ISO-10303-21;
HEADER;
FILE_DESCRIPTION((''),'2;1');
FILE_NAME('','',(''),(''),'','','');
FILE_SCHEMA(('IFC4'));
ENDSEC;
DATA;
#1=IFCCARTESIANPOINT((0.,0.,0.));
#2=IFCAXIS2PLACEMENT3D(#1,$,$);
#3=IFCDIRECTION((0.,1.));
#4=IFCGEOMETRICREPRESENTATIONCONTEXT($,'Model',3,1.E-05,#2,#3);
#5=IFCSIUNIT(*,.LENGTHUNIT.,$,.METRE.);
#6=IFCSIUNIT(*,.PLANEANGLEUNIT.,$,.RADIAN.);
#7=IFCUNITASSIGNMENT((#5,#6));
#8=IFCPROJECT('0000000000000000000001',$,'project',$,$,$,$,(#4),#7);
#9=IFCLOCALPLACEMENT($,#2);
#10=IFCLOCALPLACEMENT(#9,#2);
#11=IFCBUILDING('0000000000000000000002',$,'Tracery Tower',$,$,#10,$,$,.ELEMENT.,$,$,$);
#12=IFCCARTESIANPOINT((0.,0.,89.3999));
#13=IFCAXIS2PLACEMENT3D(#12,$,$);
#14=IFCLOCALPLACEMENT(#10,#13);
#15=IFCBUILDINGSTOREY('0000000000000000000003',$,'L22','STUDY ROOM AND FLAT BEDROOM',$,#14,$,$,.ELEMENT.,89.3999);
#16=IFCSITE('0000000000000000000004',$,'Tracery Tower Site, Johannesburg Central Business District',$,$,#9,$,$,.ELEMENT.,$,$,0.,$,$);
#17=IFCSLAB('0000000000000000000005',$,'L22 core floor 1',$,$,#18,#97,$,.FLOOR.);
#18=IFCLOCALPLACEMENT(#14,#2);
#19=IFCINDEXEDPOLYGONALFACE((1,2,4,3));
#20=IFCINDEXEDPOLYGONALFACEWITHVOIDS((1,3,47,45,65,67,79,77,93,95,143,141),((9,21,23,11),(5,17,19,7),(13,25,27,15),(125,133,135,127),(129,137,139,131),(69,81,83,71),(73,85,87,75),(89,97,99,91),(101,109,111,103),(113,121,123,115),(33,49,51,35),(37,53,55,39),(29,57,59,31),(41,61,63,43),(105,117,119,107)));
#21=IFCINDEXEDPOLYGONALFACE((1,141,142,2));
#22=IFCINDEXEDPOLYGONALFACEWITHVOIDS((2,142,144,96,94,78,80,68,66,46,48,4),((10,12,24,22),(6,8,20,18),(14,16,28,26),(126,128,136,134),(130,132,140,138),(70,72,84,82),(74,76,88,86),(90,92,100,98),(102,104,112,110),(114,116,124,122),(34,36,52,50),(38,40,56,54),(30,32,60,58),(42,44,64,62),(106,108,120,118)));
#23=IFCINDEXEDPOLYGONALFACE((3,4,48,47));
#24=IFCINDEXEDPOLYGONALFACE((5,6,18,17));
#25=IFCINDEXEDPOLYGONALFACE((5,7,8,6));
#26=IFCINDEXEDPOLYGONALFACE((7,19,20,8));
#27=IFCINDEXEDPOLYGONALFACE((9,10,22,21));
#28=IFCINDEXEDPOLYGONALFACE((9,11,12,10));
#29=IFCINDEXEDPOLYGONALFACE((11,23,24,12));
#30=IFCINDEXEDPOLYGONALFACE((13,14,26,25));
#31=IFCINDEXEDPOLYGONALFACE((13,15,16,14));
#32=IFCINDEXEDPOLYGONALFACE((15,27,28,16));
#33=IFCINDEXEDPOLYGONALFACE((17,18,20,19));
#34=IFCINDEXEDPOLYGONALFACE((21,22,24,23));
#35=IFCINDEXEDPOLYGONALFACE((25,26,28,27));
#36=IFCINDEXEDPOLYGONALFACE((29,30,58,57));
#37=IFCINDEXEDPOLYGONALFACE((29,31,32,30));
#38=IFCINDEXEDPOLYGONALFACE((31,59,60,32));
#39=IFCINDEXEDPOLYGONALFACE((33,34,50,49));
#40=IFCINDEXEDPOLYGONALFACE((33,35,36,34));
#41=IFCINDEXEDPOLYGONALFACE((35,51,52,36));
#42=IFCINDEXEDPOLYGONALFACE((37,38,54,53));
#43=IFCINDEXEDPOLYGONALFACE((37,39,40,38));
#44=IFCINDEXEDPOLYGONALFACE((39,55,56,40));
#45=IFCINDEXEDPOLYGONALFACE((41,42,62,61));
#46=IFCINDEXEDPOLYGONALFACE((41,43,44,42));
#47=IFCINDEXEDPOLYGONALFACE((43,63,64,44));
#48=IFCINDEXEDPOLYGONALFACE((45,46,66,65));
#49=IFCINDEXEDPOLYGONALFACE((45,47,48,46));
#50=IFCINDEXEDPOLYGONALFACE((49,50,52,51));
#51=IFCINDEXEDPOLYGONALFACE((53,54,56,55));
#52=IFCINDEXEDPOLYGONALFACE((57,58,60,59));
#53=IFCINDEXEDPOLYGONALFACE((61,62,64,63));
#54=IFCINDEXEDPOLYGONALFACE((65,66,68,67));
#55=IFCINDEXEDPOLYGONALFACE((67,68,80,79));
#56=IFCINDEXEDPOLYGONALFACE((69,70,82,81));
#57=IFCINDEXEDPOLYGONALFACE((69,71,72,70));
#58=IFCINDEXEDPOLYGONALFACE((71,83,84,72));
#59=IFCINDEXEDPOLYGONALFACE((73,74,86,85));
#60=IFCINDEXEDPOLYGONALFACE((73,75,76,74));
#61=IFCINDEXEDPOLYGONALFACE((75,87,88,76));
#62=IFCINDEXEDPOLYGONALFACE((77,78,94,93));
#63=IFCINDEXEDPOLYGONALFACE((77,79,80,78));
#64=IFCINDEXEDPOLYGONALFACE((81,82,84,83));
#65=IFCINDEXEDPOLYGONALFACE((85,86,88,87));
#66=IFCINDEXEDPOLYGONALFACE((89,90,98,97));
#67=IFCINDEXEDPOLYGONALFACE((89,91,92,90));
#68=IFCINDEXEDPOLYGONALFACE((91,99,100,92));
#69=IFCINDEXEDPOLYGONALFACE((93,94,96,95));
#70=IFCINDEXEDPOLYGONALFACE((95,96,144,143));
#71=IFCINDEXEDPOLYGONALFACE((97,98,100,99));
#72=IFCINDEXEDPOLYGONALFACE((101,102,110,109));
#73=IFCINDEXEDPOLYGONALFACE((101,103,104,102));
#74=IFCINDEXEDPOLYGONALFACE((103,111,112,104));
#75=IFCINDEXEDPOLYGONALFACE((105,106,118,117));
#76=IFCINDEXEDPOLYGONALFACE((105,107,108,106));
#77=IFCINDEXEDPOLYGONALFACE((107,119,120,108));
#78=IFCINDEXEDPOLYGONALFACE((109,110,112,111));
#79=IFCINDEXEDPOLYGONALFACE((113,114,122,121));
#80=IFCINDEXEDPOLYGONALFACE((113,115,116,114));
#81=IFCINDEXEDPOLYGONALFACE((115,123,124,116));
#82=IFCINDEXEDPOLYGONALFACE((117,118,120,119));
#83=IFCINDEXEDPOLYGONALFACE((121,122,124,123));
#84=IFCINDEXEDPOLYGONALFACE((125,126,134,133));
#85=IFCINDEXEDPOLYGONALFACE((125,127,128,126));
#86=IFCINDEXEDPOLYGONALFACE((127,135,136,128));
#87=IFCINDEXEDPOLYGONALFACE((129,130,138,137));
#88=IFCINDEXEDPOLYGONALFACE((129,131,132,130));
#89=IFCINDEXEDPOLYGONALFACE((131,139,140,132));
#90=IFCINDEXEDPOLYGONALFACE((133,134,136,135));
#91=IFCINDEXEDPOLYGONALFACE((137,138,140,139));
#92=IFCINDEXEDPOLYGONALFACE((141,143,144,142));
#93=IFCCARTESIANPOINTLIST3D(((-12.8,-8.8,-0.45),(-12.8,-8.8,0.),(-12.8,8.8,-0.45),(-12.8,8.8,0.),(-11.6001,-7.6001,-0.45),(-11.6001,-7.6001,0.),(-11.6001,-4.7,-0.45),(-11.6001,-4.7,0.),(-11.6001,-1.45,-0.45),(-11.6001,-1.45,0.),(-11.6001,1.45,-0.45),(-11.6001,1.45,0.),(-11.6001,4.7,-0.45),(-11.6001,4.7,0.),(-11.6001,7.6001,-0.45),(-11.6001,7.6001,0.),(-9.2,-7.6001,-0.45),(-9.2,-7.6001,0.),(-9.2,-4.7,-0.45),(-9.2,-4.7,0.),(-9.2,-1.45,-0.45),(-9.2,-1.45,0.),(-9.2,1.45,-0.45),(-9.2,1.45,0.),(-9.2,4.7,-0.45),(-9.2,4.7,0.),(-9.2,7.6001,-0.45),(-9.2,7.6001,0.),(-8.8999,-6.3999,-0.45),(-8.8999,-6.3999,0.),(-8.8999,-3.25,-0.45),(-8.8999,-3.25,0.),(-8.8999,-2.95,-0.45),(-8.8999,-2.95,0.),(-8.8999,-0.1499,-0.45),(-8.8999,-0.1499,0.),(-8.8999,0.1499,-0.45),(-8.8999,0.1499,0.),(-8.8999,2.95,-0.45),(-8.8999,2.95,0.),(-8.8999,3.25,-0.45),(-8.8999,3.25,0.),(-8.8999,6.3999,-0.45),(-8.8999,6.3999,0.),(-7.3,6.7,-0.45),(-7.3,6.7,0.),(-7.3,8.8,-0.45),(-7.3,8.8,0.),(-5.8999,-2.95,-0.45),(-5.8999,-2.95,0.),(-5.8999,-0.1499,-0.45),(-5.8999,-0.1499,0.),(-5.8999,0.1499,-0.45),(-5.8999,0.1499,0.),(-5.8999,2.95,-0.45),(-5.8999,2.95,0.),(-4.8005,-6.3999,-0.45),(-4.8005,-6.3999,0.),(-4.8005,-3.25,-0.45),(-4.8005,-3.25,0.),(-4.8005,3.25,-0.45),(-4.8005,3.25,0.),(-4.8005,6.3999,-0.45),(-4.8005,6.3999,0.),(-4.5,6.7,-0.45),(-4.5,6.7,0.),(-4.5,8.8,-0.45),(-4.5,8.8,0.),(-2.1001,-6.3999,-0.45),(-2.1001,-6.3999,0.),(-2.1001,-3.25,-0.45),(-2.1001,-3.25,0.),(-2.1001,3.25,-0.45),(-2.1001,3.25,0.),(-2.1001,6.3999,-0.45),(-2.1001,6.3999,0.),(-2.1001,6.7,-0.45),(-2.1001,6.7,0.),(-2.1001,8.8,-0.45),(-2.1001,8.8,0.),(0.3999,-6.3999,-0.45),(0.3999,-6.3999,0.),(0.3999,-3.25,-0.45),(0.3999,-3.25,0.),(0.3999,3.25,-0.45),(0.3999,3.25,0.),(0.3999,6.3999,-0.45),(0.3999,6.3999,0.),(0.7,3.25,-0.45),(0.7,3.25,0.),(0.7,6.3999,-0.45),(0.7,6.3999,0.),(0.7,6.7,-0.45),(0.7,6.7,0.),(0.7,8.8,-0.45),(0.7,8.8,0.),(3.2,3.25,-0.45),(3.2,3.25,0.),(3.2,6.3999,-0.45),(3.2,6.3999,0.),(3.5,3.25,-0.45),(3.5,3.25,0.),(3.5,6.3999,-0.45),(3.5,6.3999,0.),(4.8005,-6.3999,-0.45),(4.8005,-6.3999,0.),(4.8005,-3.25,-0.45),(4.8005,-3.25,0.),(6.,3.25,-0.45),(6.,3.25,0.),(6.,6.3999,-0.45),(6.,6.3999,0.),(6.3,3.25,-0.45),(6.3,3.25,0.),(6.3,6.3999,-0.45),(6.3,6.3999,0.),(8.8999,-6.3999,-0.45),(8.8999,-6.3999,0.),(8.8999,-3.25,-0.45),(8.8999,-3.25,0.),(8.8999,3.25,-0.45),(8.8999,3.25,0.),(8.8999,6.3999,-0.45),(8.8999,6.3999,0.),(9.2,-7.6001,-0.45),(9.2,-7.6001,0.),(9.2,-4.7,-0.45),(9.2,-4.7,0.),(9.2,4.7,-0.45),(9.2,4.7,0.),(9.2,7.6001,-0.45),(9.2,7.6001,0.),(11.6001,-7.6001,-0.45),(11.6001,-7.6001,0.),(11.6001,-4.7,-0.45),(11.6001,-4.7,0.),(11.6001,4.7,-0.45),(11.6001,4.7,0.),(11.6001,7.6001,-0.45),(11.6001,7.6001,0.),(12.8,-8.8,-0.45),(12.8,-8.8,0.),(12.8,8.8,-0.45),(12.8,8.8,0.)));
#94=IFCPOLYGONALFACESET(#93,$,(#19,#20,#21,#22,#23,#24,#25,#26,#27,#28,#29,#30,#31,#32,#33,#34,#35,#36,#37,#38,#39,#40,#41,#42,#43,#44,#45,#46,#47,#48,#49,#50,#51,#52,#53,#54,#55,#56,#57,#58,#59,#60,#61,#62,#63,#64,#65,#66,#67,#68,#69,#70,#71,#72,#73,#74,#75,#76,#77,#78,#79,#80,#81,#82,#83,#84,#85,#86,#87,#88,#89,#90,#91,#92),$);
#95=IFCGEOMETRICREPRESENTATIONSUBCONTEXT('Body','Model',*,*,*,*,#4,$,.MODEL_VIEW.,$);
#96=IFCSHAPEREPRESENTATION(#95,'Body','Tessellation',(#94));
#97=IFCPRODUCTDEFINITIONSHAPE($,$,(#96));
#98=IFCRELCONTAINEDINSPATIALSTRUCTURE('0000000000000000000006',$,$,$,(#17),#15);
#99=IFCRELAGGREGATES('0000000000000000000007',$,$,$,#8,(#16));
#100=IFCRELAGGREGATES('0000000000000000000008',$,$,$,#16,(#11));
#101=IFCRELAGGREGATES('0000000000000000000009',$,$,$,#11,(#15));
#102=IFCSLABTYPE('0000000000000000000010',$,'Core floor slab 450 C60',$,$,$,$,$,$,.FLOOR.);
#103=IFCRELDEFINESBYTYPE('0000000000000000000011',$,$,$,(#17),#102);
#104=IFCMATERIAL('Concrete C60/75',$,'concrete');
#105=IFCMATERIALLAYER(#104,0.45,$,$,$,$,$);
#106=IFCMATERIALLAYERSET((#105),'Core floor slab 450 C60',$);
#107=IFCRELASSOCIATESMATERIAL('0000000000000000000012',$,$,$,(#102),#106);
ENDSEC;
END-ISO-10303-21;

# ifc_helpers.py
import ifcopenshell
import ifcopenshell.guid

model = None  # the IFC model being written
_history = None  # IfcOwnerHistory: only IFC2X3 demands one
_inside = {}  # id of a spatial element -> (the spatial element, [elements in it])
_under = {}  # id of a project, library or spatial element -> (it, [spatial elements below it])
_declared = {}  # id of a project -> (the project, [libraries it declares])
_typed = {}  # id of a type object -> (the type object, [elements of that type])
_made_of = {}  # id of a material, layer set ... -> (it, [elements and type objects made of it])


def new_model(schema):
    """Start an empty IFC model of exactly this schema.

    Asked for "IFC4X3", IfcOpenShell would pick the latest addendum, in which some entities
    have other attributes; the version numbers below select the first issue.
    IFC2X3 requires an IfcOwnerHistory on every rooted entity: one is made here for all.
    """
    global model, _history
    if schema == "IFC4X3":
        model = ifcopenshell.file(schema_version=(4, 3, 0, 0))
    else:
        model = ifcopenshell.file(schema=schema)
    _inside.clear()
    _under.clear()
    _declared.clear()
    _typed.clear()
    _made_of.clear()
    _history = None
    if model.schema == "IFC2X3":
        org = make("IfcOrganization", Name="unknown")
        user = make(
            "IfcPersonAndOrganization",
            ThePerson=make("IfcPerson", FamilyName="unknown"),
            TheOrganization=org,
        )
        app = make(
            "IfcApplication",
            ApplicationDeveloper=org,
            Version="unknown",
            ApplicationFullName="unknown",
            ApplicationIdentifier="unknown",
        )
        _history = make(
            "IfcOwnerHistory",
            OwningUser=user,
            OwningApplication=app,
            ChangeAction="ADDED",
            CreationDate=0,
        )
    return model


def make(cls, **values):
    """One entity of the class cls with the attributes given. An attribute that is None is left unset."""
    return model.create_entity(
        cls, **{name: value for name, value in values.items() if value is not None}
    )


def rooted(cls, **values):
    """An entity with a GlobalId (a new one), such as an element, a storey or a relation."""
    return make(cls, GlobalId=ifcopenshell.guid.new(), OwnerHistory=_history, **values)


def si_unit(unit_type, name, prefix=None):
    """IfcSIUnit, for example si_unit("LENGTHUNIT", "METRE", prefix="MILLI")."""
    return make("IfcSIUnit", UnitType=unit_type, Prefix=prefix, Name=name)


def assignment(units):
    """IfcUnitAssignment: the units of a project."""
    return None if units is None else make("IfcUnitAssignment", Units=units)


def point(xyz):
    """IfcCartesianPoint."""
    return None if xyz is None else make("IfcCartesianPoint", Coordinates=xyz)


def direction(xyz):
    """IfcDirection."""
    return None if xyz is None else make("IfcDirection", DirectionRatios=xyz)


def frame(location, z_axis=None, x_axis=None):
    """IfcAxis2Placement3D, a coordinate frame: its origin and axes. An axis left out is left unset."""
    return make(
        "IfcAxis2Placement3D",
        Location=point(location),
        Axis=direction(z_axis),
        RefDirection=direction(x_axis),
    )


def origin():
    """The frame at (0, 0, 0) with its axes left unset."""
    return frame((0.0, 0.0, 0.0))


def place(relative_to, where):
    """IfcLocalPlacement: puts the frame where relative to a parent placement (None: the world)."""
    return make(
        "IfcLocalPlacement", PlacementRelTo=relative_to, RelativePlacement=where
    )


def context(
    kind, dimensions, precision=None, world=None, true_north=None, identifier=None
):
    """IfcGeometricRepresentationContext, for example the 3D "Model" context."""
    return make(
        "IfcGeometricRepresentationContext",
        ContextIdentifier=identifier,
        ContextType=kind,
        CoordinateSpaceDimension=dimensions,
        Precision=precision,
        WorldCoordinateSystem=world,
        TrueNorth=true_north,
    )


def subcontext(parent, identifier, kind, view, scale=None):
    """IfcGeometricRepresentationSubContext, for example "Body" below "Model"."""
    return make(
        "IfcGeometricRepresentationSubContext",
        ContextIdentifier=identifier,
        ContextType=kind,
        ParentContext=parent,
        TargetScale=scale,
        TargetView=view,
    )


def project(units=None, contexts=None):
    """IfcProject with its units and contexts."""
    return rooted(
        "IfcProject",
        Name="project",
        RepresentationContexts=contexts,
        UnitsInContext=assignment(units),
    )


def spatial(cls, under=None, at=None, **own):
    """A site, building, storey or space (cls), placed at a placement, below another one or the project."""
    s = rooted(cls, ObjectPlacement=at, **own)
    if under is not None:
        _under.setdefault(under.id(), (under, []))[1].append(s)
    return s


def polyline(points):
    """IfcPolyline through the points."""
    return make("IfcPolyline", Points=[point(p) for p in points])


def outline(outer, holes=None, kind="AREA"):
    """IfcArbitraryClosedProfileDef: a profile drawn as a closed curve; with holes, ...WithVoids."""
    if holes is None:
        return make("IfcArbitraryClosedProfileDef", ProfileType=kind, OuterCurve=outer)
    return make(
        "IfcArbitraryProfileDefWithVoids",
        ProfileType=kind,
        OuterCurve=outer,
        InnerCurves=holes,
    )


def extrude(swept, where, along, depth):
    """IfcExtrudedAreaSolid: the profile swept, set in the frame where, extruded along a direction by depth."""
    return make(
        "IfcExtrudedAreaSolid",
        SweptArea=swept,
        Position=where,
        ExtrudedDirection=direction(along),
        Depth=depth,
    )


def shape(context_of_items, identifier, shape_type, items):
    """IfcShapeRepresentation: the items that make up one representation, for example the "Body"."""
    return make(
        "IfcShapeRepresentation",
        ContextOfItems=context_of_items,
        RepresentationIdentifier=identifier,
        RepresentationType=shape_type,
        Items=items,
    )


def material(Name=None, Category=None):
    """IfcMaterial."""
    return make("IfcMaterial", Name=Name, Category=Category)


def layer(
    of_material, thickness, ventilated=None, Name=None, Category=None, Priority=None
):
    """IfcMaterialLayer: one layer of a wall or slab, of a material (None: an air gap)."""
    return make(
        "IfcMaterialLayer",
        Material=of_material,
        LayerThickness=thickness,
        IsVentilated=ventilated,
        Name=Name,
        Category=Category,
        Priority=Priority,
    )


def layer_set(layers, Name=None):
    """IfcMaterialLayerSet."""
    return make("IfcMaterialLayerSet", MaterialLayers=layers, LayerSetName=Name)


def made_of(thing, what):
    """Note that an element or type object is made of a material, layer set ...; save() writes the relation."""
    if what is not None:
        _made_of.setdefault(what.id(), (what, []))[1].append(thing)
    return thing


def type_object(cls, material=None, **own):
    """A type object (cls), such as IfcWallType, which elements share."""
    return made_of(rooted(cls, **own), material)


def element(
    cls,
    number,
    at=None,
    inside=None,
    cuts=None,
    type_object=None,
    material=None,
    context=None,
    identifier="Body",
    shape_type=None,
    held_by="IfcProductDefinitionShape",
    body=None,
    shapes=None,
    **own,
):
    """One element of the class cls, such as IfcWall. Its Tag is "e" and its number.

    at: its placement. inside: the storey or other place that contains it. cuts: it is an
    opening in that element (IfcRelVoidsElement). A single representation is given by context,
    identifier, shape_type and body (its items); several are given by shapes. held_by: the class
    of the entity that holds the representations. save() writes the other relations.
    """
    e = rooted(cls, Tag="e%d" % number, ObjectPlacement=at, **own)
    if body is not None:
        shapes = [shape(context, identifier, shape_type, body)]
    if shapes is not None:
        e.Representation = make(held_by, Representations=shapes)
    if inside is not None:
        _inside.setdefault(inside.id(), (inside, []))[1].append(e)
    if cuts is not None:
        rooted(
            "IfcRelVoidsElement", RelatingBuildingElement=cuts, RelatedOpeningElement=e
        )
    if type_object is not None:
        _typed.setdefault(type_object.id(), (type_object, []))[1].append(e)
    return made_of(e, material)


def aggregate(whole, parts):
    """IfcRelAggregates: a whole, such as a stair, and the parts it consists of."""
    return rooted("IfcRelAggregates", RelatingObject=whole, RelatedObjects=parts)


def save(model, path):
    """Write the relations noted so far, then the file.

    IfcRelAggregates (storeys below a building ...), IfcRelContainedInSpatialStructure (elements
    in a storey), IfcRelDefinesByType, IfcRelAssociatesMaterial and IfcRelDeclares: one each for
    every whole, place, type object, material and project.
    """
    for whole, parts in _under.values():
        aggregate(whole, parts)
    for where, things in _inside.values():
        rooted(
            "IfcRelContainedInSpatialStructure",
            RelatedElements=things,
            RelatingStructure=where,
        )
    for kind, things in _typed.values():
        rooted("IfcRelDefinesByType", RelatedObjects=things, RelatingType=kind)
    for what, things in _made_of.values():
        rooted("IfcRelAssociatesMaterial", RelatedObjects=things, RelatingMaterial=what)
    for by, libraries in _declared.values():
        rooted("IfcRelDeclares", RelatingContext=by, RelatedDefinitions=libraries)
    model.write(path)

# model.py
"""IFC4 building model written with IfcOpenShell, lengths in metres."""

from ifc_helpers import new_model, si_unit, direction, frame, origin, place, context, subcontext, project, spatial, polyline, outline, extrude, material, layer, layer_set, type_object, element, save


model = new_model("IFC4")

# Units and contexts
model_context = context("Model", 3, precision=1e-05, world=origin(), true_north=direction((0.0, 1.0)))
body_context = subcontext(model_context, "Body", "Model", "MODEL_VIEW")
ifc_project = project(units=[si_unit("LENGTHUNIT", "METRE"), si_unit("PLANEANGLEUNIT", "RADIAN")], contexts=[model_context])

# Site, building, storey
site_placement = place(None, origin())
site = spatial("IfcSite", under=ifc_project, at=site_placement, Name="Tracery Tower Site, Johannesburg Central Business District", CompositionType="ELEMENT", RefElevation=0.0)
building_placement = place(site_placement, origin())
building = spatial("IfcBuilding", under=site, at=building_placement, Name="Tracery Tower", CompositionType="ELEMENT")
storey_placement = place(building_placement, frame((0.0, 0.0, 89.3999)))
storey = spatial("IfcBuildingStorey", under=building, at=storey_placement, Name="L22", Description="STUDY ROOM AND FLAT BEDROOM", CompositionType="ELEMENT", Elevation=89.3999)

# Slab
ifc_material_1 = material(Name="Concrete C60/75", Category="concrete")
ifc_layer_1 = layer(ifc_material_1, 0.45)
ifc_layer_set_1 = layer_set([ifc_layer_1], Name="Core floor slab 450 C60")
slab_type_1 = type_object("IfcSlabType", Name="Core floor slab 450 C60", PredefinedType="FLOOR", material=ifc_layer_set_1)
slab_1_placement = place(storey_placement, frame((0.0, 0.0, -0.45)))
element("IfcSlab", 1, at=slab_1_placement, inside=storey, type_object=slab_type_1, Name="L22 core floor 1", PredefinedType="FLOOR", context=body_context, shape_type="SweptSolid", body=[
    extrude(outline(polyline([(-12.8, 8.8), (-7.3, 8.8), (-7.3, 6.7), (-4.5, 6.7), (-4.5, 8.8), (-2.1001, 8.8), (-2.1001, 6.7), (0.7, 6.7), (0.7, 8.8), (12.8, 8.8), (12.8, -8.8), (-12.8, -8.8), (-12.8, 8.8)]), holes=[polyline([(11.6001, -7.6001), (11.6001, -4.7), (9.2, -4.7), (9.2, -7.6001), (11.6001, -7.6001)]), polyline([(11.6001, 4.7), (11.6001, 7.6001), (9.2, 7.6001), (9.2, 4.7), (11.6001, 4.7)]), polyline([(4.8005, -3.25), (4.8005, -6.3999), (8.8999, -6.3999), (8.8999, -3.25), (4.8005, -3.25)]), polyline([(6.3, 3.25), (8.8999, 3.25), (8.8999, 6.3999), (6.3, 6.3999), (6.3, 3.25)]), polyline([(3.5, 3.25), (6.0, 3.25), (6.0, 6.3999), (3.5, 6.3999), (3.5, 3.25)]), polyline([(3.2, 3.25), (3.2, 6.3999), (0.7, 6.3999), (0.7, 3.25), (3.2, 3.25)]), polyline([(-2.1001, 3.25), (0.3999, 3.25), (0.3999, 6.3999), (-2.1001, 6.3999), (-2.1001, 3.25)]), polyline([(0.3999, -6.3999), (0.3999, -3.25), (-2.1001, -3.25), (-2.1001, -6.3999), (0.3999, -6.3999)]), polyline([(-4.8005, -3.25), (-8.8999, -3.25), (-8.8999, -6.3999), (-4.8005, -6.3999), (-4.8005, -3.25)]), polyline([(-4.8005, 6.3999), (-8.8999, 6.3999), (-8.8999, 3.25), (-4.8005, 3.25), (-4.8005, 6.3999)]), polyline([(-8.8999, -2.95), (-5.8999, -2.95), (-5.8999, -0.1499), (-8.8999, -0.1499), (-8.8999, -2.95)]), polyline([(-5.8999, 0.1499), (-5.8999, 2.95), (-8.8999, 2.95), (-8.8999, 0.1499), (-5.8999, 0.1499)]), polyline([(-11.6001, 4.7), (-9.2, 4.7), (-9.2, 7.6001), (-11.6001, 7.6001), (-11.6001, 4.7)]), polyline([(-9.2, -7.6001), (-9.2, -4.7), (-11.6001, -4.7), (-11.6001, -7.6001), (-9.2, -7.6001)]), polyline([(-9.2, -1.45), (-9.2, 1.45), (-11.6001, 1.45), (-11.6001, -1.45), (-9.2, -1.45)])]), origin(), (0.0, 0.0, 1.0), 0.45),
])

save(model, "model.ifc")
